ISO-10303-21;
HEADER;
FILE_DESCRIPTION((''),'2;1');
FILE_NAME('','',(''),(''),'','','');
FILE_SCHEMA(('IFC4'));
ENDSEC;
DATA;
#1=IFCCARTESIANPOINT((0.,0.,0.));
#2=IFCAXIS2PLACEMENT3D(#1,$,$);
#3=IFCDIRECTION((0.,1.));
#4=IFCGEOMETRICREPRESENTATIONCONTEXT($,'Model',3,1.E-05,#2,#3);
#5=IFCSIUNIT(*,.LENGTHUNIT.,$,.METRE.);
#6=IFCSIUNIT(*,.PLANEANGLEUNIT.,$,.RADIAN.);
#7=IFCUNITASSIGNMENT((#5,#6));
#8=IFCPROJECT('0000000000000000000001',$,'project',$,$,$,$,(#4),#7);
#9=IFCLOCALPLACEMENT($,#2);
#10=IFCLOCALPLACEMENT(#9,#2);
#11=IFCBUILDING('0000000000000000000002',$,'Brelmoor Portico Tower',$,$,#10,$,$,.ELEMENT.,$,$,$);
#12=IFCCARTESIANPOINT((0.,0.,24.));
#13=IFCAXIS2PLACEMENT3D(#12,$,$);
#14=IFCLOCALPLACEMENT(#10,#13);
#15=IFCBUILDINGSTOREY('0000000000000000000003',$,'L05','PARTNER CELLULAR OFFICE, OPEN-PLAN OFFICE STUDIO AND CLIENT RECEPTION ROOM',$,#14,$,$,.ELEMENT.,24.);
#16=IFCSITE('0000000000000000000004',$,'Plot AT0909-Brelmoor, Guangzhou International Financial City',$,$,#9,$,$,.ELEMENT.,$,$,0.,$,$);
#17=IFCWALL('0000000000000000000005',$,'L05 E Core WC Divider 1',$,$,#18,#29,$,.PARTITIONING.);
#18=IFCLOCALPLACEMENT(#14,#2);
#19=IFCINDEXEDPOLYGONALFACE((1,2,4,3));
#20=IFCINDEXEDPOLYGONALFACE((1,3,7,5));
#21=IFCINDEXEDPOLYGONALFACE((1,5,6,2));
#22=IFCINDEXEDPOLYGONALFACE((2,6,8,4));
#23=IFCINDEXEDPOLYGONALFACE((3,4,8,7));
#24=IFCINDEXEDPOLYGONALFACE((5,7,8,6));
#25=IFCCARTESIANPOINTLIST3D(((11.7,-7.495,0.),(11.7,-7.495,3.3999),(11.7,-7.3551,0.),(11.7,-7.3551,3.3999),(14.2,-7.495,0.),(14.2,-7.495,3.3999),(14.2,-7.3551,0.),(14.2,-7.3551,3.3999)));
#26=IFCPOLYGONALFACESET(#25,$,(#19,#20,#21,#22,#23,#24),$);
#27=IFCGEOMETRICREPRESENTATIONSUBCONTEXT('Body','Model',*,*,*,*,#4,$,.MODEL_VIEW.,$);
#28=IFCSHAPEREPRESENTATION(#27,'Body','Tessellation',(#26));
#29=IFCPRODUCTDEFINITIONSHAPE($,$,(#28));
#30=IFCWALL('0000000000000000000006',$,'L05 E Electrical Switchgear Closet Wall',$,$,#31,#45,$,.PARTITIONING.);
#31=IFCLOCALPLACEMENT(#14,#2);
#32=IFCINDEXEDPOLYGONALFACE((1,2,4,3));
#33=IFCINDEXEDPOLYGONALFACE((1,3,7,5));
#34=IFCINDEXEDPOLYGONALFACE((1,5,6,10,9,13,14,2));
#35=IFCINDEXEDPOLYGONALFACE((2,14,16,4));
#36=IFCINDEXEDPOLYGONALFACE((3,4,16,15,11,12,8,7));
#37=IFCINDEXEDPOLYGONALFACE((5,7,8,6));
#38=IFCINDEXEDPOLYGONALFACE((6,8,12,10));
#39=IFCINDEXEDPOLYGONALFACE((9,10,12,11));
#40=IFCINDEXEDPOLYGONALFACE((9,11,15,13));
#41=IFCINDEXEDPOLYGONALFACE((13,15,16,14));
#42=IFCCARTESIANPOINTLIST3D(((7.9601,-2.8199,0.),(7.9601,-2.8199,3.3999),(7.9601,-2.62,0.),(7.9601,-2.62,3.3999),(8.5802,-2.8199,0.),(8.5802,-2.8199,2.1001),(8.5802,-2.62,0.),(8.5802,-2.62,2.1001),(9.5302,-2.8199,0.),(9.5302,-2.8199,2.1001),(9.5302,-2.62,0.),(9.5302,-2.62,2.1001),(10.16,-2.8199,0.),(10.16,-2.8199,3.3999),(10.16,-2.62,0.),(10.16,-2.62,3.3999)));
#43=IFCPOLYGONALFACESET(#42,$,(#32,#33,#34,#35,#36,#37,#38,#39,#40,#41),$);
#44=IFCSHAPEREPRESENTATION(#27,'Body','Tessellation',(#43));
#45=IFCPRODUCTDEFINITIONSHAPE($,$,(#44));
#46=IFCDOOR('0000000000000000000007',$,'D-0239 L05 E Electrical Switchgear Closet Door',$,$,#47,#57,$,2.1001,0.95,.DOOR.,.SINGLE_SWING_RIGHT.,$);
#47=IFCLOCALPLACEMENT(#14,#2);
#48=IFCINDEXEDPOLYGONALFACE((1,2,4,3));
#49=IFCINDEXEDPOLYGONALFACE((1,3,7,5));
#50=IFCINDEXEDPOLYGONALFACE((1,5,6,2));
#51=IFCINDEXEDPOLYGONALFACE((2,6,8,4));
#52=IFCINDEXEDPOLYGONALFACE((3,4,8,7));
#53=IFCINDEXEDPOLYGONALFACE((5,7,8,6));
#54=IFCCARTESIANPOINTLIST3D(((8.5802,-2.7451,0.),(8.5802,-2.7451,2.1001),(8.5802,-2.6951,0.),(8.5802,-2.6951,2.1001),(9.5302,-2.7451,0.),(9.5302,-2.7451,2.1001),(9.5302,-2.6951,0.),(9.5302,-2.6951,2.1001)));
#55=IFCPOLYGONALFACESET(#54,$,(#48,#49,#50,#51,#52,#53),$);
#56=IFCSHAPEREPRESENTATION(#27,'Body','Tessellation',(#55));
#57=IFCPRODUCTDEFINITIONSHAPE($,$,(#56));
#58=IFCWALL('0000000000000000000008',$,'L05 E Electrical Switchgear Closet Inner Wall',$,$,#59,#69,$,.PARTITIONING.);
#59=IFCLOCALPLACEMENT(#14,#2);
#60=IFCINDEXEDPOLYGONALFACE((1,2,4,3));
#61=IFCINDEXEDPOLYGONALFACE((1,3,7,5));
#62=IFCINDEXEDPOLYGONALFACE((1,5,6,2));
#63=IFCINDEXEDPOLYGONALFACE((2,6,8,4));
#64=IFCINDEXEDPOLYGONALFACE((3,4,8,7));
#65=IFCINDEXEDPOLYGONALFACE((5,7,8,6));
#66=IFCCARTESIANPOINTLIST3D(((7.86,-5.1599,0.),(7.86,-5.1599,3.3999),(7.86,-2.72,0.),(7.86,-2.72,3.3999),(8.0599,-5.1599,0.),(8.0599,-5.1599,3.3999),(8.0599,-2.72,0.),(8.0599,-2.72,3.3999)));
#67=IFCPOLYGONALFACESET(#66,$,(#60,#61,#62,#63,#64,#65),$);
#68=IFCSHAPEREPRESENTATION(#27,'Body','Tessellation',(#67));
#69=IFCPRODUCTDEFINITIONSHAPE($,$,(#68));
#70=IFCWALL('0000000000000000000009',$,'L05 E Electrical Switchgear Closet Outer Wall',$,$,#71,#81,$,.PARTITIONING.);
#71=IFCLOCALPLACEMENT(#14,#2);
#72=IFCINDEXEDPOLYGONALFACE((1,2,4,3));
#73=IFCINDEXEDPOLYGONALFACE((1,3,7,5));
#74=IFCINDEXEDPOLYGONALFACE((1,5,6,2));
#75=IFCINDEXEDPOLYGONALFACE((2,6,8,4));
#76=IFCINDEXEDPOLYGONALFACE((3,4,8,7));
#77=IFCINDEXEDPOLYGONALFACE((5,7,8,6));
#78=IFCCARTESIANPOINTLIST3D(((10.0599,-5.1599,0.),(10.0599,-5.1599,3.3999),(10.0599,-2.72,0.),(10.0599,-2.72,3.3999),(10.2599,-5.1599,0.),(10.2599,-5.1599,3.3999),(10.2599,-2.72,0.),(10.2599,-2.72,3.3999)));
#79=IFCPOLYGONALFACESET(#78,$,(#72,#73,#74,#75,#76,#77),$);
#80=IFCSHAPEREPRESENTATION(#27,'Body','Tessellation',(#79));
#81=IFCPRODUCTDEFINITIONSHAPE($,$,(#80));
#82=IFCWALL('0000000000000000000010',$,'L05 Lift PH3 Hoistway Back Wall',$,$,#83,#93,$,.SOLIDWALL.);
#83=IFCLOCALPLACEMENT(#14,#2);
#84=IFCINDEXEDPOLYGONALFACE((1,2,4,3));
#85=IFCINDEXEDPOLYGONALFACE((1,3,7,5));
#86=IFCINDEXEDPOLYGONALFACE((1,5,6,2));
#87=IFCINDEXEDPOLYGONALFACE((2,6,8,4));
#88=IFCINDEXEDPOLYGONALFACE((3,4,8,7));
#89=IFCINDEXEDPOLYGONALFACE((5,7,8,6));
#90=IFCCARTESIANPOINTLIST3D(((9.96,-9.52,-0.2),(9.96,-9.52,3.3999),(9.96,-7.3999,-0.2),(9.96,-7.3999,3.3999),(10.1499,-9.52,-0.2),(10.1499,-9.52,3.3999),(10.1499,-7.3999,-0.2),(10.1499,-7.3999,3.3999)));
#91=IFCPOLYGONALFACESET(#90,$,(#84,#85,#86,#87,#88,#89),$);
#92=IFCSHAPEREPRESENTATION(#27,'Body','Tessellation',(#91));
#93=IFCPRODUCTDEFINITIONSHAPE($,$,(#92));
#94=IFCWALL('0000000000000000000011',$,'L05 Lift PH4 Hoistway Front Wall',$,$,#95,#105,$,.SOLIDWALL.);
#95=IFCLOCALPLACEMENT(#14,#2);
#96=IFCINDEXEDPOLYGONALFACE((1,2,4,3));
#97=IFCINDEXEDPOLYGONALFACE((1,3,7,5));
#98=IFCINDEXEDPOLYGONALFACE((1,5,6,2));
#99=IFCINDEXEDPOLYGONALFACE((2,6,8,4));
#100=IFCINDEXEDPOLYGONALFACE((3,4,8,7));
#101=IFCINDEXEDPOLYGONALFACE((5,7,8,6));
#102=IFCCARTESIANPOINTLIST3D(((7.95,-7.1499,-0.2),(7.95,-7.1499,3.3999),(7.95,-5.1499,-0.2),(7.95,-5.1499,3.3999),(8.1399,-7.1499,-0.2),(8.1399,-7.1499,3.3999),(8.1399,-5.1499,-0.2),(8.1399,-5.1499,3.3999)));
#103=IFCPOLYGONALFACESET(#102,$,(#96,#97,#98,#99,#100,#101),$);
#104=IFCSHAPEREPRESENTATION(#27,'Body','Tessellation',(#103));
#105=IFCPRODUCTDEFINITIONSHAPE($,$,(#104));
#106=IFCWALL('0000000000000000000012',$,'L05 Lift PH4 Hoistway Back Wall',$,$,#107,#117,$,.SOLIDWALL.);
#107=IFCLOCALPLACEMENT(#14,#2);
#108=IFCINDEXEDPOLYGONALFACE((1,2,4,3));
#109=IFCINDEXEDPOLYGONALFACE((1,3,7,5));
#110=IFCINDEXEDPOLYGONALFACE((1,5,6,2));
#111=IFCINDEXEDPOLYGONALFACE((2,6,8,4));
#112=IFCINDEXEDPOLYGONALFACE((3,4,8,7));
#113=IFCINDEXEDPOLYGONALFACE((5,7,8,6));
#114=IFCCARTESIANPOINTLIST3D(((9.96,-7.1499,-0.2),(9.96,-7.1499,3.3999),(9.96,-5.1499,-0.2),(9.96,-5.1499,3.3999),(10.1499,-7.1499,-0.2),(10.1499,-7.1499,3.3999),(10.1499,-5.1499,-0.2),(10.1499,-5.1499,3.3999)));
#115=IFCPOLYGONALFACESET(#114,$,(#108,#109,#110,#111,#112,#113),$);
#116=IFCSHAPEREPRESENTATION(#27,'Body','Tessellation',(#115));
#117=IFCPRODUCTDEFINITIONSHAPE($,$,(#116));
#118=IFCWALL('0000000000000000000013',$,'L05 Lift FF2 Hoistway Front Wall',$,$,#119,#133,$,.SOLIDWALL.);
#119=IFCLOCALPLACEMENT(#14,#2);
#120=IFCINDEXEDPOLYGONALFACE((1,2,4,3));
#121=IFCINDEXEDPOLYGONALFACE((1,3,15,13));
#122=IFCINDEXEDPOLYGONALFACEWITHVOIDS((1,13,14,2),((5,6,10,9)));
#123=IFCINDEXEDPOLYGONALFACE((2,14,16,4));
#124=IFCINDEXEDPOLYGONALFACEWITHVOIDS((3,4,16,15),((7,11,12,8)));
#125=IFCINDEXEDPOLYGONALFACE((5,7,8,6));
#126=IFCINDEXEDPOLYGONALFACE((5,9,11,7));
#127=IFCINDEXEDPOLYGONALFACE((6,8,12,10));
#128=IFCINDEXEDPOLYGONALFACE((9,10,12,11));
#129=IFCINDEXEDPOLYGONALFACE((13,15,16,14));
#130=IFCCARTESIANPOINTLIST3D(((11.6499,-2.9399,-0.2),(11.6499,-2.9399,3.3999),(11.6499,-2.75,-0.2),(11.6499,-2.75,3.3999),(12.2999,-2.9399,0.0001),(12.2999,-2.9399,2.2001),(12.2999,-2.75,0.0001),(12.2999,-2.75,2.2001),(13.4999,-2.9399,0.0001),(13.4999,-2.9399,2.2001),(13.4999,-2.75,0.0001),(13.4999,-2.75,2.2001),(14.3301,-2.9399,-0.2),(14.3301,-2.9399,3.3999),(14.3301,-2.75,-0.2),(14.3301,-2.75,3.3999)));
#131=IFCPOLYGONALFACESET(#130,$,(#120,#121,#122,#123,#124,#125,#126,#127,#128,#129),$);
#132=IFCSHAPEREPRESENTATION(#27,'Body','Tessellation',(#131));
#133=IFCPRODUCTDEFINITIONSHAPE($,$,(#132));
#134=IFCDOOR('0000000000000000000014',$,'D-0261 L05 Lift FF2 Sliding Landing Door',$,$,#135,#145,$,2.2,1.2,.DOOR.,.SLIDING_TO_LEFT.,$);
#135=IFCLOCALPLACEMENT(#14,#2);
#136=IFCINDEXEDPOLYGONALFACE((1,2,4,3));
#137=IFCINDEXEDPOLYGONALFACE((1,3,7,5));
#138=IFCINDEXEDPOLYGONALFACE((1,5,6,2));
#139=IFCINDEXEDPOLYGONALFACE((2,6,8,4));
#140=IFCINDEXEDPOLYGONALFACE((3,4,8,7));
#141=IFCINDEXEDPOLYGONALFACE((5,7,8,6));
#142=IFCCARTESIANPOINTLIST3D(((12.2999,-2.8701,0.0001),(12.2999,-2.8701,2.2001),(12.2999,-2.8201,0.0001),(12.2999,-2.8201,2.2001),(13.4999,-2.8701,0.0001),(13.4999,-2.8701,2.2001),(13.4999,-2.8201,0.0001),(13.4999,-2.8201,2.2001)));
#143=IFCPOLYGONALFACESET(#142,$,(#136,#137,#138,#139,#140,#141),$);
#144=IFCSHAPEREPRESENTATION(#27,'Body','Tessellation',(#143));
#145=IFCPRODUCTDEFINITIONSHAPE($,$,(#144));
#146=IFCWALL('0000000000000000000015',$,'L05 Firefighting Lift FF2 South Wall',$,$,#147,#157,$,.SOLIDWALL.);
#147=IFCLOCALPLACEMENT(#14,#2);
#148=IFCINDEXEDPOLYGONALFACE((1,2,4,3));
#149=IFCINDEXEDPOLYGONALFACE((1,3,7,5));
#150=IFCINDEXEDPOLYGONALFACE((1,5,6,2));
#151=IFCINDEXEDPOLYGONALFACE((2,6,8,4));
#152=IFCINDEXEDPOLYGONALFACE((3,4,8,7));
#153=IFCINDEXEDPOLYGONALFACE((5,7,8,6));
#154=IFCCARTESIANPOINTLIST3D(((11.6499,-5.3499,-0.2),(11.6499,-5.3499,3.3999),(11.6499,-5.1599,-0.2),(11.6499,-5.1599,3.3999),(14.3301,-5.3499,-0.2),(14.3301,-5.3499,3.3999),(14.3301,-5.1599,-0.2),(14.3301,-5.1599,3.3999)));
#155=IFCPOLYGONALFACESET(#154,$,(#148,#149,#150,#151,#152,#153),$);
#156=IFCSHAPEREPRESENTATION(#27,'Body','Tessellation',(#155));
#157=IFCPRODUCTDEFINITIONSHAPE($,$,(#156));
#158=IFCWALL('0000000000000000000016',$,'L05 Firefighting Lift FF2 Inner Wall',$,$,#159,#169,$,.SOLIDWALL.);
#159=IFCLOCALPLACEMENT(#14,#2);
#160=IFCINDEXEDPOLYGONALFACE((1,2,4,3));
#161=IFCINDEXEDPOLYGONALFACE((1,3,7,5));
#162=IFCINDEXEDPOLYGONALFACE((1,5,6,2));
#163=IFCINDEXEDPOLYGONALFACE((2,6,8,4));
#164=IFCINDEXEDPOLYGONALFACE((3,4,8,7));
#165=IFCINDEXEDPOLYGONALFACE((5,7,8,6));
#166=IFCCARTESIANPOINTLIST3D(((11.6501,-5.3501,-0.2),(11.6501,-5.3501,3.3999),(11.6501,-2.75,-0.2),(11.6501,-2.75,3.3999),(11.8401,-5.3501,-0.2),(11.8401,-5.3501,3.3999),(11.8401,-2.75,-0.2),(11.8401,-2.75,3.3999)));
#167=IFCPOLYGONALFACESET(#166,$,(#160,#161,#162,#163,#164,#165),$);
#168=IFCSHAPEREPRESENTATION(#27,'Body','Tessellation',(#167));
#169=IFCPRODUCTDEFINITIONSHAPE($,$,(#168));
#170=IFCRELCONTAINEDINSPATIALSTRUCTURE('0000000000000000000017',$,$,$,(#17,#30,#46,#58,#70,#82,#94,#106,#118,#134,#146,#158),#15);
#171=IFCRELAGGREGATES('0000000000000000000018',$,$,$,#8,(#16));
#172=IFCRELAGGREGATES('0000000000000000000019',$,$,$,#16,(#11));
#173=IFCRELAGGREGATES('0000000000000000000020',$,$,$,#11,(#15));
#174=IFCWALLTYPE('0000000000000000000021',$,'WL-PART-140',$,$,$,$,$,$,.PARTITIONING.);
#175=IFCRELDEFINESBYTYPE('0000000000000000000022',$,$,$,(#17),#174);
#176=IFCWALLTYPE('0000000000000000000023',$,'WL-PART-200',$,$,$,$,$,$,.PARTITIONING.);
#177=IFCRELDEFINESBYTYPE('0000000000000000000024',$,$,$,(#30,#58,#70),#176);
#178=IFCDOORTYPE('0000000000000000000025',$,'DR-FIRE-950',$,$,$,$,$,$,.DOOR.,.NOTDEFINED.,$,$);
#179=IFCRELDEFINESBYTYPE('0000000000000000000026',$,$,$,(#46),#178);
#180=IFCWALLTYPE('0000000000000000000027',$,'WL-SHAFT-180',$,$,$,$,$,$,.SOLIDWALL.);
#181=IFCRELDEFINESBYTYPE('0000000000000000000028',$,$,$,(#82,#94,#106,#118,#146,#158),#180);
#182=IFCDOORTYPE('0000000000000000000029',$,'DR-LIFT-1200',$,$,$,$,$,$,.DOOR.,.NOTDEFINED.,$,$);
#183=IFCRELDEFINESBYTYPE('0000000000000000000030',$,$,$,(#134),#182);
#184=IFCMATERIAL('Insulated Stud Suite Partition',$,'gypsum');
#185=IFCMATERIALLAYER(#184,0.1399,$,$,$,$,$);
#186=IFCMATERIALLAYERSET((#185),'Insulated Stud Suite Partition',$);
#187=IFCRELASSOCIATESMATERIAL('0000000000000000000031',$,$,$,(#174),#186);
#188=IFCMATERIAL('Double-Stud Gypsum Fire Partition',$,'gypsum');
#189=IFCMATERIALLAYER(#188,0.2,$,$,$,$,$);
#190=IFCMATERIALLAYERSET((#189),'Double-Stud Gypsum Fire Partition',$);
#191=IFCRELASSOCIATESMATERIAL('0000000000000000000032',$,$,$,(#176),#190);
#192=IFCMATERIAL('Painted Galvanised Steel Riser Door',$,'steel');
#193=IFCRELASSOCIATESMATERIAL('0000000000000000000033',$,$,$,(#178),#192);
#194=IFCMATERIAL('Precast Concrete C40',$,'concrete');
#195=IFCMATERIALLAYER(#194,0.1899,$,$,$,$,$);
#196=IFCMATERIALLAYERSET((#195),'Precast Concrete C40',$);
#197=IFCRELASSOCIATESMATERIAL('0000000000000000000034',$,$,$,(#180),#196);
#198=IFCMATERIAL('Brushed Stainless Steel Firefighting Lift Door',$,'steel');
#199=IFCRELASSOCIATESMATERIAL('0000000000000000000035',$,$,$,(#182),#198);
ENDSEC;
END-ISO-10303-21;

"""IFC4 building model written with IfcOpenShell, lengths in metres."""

from ifc_helpers import new_model, si_unit, direction, frame, frame_2d, origin, place, context, subcontext, project, spatial, rectangle, extrude, material, layer, layer_set, type_object, element, fill, save


model = new_model("IFC4")

# Units and contexts
model_context = context("Model", 3, precision=1e-05, world=origin(), true_north=direction((0.0, 1.0)))
body_context = subcontext(model_context, "Body", "Model", "MODEL_VIEW")
ifc_project = project(units=[si_unit("LENGTHUNIT", "METRE"), si_unit("PLANEANGLEUNIT", "RADIAN")], contexts=[model_context])

# Site, building, storey
site_placement = place(None, origin())
site = spatial("IfcSite", under=ifc_project, at=site_placement, Name="Plot AT0909-Brelmoor, Guangzhou International Financial City", CompositionType="ELEMENT", RefElevation=0.0)
building_placement = place(site_placement, origin())
building = spatial("IfcBuilding", under=site, at=building_placement, Name="Brelmoor Portico Tower", CompositionType="ELEMENT")
storey_placement = place(building_placement, frame((0.0, 0.0, 24.0)))
storey = spatial("IfcBuildingStorey", under=building, at=storey_placement, Name="L05", Description="PARTNER CELLULAR OFFICE, OPEN-PLAN OFFICE STUDIO AND CLIENT RECEPTION ROOM", CompositionType="ELEMENT", Elevation=24.0)

# Wall
ifc_material_1 = material(Name="Insulated Stud Suite Partition", Category="gypsum")
ifc_layer_1 = layer(ifc_material_1, 0.1399)
ifc_layer_set_1 = layer_set([ifc_layer_1], Name="Insulated Stud Suite Partition")
wall_type_1 = type_object("IfcWallType", Name="WL-PART-140", PredefinedType="PARTITIONING", material=ifc_layer_set_1)
wall_1_placement = place(storey_placement, frame((11.7, -7.425, 0.0), z_axis=(0.0, 0.0, 1.0), x_axis=(1.0, 0.0, 0.0)))
element("IfcWall", 1, at=wall_1_placement, inside=storey, type_object=wall_type_1, Name="L05 E Core WC Divider 1", PredefinedType="PARTITIONING", context=body_context, shape_type="SweptSolid", body=[
    extrude(rectangle(XDim=2.5, YDim=0.1399, at=frame_2d((1.25, 0.0))), origin(), (0.0, 0.0, 1.0), 3.3999),
])

# Wall, opening, door
ifc_material_2 = material(Name="Double-Stud Gypsum Fire Partition", Category="gypsum")
ifc_layer_2 = layer(ifc_material_2, 0.2)
ifc_layer_set_2 = layer_set([ifc_layer_2], Name="Double-Stud Gypsum Fire Partition")
wall_type_2 = type_object("IfcWallType", Name="WL-PART-200", PredefinedType="PARTITIONING", material=ifc_layer_set_2)
wall_2_placement = place(storey_placement, frame((7.96, -2.72, 0.0), z_axis=(0.0, 0.0, 1.0), x_axis=(1.0, 0.0, 0.0)))
wall_2 = element("IfcWall", 2, at=wall_2_placement, inside=storey, type_object=wall_type_2, Name="L05 E Electrical Switchgear Closet Wall", PredefinedType="PARTITIONING", context=body_context, shape_type="SweptSolid", body=[
    extrude(rectangle(XDim=2.2, YDim=0.2, at=frame_2d((1.1001, 0.0))), origin(), (0.0, 0.0, 1.0), 3.3999),
])
opening_1_placement = place(wall_2_placement, frame((0.6201, 0.0, 0.0)))
opening_1 = element("IfcOpeningElement", 3, at=opening_1_placement, cuts=wall_2, PredefinedType="OPENING", context=body_context, shape_type="SweptSolid", body=[
    extrude(rectangle(XDim=0.95, YDim=2.1001, at=frame_2d((0.4751, 1.05))), frame((0.0, 0.1099, 0.0), z_axis=(0.0, -1.0, 0.0), x_axis=(1.0, 0.0, 0.0)), (0.0, 0.0, 1.0), 0.22),
])
ifc_material_3 = material(Name="Painted Galvanised Steel Riser Door", Category="steel")
door_type_1 = type_object("IfcDoorType", Name="DR-FIRE-950", OperationType="NOTDEFINED", PredefinedType="DOOR", material=ifc_material_3)
door_1_placement = place(opening_1_placement, origin())
door_1 = element("IfcDoor", 4, at=door_1_placement, inside=storey, type_object=door_type_1, Name="D-0239 L05 E Electrical Switchgear Closet Door", OperationType="SINGLE_SWING_RIGHT", OverallHeight=2.1001, OverallWidth=0.95, PredefinedType="DOOR", context=body_context, shape_type="SweptSolid", body=[
    extrude(rectangle(XDim=0.95, YDim=2.1001, at=frame_2d((0.4751, 1.05))), frame((0.0, 0.0249, 0.0), z_axis=(0.0, -1.0, 0.0), x_axis=(1.0, 0.0, 0.0)), (0.0, 0.0, 1.0), 0.05),
])
fill(opening_1, door_1)

# Walls
for number, where, z_axis, x_axis, name in (
    (5, (7.96, -5.1599, 0.0), (0.0, 0.0, 1.0), (0.0, 1.0, 0.0), "L05 E Electrical Switchgear Closet Inner Wall"),
    (6, (10.1599, -5.1599, 0.0), (0.0, 0.0, 1.0), (0.0, 1.0, 0.0), "L05 E Electrical Switchgear Closet Outer Wall"),
):
    element("IfcWall", number, at=place(storey_placement, frame(where, z_axis=z_axis, x_axis=x_axis)), inside=storey, type_object=wall_type_2, Name=name, PredefinedType="PARTITIONING", context=body_context, shape_type="SweptSolid", body=[
        extrude(rectangle(XDim=2.4399, YDim=0.2, at=frame_2d((1.22, 0.0))), origin(), (0.0, 0.0, 1.0), 3.3999),
    ])
ifc_material_4 = material(Name="Precast Concrete C40", Category="concrete")
ifc_layer_3 = layer(ifc_material_4, 0.1899)
ifc_layer_set_3 = layer_set([ifc_layer_3], Name="Precast Concrete C40")
wall_type_3 = type_object("IfcWallType", Name="WL-SHAFT-180", PredefinedType="SOLIDWALL", material=ifc_layer_set_3)
wall_3_placement = place(storey_placement, frame((10.0549, -9.52, -0.2), z_axis=(0.0, 0.0, 1.0), x_axis=(0.0, 1.0, 0.0)))
element("IfcWall", 7, at=wall_3_placement, inside=storey, type_object=wall_type_3, Name="L05 Lift PH3 Hoistway Back Wall", PredefinedType="SOLIDWALL", context=body_context, shape_type="SweptSolid", body=[
    extrude(rectangle(XDim=2.1201, YDim=0.1899, at=frame_2d((1.0601, 0.0))), origin(), (0.0, 0.0, 1.0), 3.5999),
])
for number, where, z_axis, x_axis, name in (
    (8, (8.0449, -7.1499, -0.2), (0.0, 0.0, 1.0), (0.0, 1.0, 0.0), "L05 Lift PH4 Hoistway Front Wall"),
    (9, (10.0549, -7.1499, -0.2), (0.0, 0.0, 1.0), (0.0, 1.0, 0.0), "L05 Lift PH4 Hoistway Back Wall"),
):
    element("IfcWall", number, at=place(storey_placement, frame(where, z_axis=z_axis, x_axis=x_axis)), inside=storey, type_object=wall_type_3, Name=name, PredefinedType="SOLIDWALL", context=body_context, shape_type="SweptSolid", body=[
        extrude(rectangle(XDim=2.0, YDim=0.1899, at=frame_2d((1.0, 0.0))), origin(), (0.0, 0.0, 1.0), 3.5999),
    ])

# Wall, opening, door
wall_4_placement = place(storey_placement, frame((11.6499, -2.845, -0.2), z_axis=(0.0, 0.0, 1.0), x_axis=(1.0, 0.0, 0.0)))
wall_4 = element("IfcWall", 10, at=wall_4_placement, inside=storey, type_object=wall_type_3, Name="L05 Lift FF2 Hoistway Front Wall", PredefinedType="SOLIDWALL", context=body_context, shape_type="SweptSolid", body=[
    extrude(rectangle(XDim=2.6802, YDim=0.1899, at=frame_2d((1.3401, 0.0))), origin(), (0.0, 0.0, 1.0), 3.5999),
])
opening_2_placement = place(wall_4_placement, frame((0.6499, 0.0, 0.2)))
opening_2 = element("IfcOpeningElement", 11, at=opening_2_placement, cuts=wall_4, PredefinedType="OPENING", context=body_context, shape_type="SweptSolid", body=[
    extrude(rectangle(XDim=1.2, YDim=2.2, at=frame_2d((0.6001, 1.1001))), frame((0.0, 0.105, 0.0), z_axis=(0.0, -1.0, 0.0), x_axis=(1.0, 0.0, 0.0)), (0.0, 0.0, 1.0), 0.21),
])
ifc_material_5 = material(Name="Brushed Stainless Steel Firefighting Lift Door", Category="steel")
door_type_2 = type_object("IfcDoorType", Name="DR-LIFT-1200", OperationType="NOTDEFINED", PredefinedType="DOOR", material=ifc_material_5)
door_2_placement = place(opening_2_placement, origin())
door_2 = element("IfcDoor", 12, at=door_2_placement, inside=storey, type_object=door_type_2, Name="D-0261 L05 Lift FF2 Sliding Landing Door", OperationType="SLIDING_TO_LEFT", OverallHeight=2.2, OverallWidth=1.2, PredefinedType="DOOR", context=body_context, shape_type="SweptSolid", body=[
    extrude(rectangle(XDim=1.2, YDim=2.2, at=frame_2d((0.6001, 1.1001))), frame((0.0, 0.0249, 0.0), z_axis=(0.0, -1.0, 0.0), x_axis=(1.0, 0.0, 0.0)), (0.0, 0.0, 1.0), 0.05),
])
fill(opening_2, door_2)

# Walls
wall_5_placement = place(storey_placement, frame((11.6499, -5.2549, -0.2), z_axis=(0.0, 0.0, 1.0), x_axis=(1.0, 0.0, 0.0)))
element("IfcWall", 13, at=wall_5_placement, inside=storey, type_object=wall_type_3, Name="L05 Firefighting Lift FF2 South Wall", PredefinedType="SOLIDWALL", context=body_context, shape_type="SweptSolid", body=[
    extrude(rectangle(XDim=2.6802, YDim=0.1899, at=frame_2d((1.3401, 0.0))), origin(), (0.0, 0.0, 1.0), 3.5999),
])
wall_6_placement = place(storey_placement, frame((11.7451, -5.3501, -0.2), z_axis=(0.0, 0.0, 1.0), x_axis=(0.0, 1.0, 0.0)))
element("IfcWall", 14, at=wall_6_placement, inside=storey, type_object=wall_type_3, Name="L05 Firefighting Lift FF2 Inner Wall", PredefinedType="SOLIDWALL", context=body_context, shape_type="SweptSolid", body=[
    extrude(rectangle(XDim=2.6001, YDim=0.1899, at=frame_2d((1.3, 0.0))), origin(), (0.0, 0.0, 1.0), 3.5999),
])

save(model, "model.ifc")
